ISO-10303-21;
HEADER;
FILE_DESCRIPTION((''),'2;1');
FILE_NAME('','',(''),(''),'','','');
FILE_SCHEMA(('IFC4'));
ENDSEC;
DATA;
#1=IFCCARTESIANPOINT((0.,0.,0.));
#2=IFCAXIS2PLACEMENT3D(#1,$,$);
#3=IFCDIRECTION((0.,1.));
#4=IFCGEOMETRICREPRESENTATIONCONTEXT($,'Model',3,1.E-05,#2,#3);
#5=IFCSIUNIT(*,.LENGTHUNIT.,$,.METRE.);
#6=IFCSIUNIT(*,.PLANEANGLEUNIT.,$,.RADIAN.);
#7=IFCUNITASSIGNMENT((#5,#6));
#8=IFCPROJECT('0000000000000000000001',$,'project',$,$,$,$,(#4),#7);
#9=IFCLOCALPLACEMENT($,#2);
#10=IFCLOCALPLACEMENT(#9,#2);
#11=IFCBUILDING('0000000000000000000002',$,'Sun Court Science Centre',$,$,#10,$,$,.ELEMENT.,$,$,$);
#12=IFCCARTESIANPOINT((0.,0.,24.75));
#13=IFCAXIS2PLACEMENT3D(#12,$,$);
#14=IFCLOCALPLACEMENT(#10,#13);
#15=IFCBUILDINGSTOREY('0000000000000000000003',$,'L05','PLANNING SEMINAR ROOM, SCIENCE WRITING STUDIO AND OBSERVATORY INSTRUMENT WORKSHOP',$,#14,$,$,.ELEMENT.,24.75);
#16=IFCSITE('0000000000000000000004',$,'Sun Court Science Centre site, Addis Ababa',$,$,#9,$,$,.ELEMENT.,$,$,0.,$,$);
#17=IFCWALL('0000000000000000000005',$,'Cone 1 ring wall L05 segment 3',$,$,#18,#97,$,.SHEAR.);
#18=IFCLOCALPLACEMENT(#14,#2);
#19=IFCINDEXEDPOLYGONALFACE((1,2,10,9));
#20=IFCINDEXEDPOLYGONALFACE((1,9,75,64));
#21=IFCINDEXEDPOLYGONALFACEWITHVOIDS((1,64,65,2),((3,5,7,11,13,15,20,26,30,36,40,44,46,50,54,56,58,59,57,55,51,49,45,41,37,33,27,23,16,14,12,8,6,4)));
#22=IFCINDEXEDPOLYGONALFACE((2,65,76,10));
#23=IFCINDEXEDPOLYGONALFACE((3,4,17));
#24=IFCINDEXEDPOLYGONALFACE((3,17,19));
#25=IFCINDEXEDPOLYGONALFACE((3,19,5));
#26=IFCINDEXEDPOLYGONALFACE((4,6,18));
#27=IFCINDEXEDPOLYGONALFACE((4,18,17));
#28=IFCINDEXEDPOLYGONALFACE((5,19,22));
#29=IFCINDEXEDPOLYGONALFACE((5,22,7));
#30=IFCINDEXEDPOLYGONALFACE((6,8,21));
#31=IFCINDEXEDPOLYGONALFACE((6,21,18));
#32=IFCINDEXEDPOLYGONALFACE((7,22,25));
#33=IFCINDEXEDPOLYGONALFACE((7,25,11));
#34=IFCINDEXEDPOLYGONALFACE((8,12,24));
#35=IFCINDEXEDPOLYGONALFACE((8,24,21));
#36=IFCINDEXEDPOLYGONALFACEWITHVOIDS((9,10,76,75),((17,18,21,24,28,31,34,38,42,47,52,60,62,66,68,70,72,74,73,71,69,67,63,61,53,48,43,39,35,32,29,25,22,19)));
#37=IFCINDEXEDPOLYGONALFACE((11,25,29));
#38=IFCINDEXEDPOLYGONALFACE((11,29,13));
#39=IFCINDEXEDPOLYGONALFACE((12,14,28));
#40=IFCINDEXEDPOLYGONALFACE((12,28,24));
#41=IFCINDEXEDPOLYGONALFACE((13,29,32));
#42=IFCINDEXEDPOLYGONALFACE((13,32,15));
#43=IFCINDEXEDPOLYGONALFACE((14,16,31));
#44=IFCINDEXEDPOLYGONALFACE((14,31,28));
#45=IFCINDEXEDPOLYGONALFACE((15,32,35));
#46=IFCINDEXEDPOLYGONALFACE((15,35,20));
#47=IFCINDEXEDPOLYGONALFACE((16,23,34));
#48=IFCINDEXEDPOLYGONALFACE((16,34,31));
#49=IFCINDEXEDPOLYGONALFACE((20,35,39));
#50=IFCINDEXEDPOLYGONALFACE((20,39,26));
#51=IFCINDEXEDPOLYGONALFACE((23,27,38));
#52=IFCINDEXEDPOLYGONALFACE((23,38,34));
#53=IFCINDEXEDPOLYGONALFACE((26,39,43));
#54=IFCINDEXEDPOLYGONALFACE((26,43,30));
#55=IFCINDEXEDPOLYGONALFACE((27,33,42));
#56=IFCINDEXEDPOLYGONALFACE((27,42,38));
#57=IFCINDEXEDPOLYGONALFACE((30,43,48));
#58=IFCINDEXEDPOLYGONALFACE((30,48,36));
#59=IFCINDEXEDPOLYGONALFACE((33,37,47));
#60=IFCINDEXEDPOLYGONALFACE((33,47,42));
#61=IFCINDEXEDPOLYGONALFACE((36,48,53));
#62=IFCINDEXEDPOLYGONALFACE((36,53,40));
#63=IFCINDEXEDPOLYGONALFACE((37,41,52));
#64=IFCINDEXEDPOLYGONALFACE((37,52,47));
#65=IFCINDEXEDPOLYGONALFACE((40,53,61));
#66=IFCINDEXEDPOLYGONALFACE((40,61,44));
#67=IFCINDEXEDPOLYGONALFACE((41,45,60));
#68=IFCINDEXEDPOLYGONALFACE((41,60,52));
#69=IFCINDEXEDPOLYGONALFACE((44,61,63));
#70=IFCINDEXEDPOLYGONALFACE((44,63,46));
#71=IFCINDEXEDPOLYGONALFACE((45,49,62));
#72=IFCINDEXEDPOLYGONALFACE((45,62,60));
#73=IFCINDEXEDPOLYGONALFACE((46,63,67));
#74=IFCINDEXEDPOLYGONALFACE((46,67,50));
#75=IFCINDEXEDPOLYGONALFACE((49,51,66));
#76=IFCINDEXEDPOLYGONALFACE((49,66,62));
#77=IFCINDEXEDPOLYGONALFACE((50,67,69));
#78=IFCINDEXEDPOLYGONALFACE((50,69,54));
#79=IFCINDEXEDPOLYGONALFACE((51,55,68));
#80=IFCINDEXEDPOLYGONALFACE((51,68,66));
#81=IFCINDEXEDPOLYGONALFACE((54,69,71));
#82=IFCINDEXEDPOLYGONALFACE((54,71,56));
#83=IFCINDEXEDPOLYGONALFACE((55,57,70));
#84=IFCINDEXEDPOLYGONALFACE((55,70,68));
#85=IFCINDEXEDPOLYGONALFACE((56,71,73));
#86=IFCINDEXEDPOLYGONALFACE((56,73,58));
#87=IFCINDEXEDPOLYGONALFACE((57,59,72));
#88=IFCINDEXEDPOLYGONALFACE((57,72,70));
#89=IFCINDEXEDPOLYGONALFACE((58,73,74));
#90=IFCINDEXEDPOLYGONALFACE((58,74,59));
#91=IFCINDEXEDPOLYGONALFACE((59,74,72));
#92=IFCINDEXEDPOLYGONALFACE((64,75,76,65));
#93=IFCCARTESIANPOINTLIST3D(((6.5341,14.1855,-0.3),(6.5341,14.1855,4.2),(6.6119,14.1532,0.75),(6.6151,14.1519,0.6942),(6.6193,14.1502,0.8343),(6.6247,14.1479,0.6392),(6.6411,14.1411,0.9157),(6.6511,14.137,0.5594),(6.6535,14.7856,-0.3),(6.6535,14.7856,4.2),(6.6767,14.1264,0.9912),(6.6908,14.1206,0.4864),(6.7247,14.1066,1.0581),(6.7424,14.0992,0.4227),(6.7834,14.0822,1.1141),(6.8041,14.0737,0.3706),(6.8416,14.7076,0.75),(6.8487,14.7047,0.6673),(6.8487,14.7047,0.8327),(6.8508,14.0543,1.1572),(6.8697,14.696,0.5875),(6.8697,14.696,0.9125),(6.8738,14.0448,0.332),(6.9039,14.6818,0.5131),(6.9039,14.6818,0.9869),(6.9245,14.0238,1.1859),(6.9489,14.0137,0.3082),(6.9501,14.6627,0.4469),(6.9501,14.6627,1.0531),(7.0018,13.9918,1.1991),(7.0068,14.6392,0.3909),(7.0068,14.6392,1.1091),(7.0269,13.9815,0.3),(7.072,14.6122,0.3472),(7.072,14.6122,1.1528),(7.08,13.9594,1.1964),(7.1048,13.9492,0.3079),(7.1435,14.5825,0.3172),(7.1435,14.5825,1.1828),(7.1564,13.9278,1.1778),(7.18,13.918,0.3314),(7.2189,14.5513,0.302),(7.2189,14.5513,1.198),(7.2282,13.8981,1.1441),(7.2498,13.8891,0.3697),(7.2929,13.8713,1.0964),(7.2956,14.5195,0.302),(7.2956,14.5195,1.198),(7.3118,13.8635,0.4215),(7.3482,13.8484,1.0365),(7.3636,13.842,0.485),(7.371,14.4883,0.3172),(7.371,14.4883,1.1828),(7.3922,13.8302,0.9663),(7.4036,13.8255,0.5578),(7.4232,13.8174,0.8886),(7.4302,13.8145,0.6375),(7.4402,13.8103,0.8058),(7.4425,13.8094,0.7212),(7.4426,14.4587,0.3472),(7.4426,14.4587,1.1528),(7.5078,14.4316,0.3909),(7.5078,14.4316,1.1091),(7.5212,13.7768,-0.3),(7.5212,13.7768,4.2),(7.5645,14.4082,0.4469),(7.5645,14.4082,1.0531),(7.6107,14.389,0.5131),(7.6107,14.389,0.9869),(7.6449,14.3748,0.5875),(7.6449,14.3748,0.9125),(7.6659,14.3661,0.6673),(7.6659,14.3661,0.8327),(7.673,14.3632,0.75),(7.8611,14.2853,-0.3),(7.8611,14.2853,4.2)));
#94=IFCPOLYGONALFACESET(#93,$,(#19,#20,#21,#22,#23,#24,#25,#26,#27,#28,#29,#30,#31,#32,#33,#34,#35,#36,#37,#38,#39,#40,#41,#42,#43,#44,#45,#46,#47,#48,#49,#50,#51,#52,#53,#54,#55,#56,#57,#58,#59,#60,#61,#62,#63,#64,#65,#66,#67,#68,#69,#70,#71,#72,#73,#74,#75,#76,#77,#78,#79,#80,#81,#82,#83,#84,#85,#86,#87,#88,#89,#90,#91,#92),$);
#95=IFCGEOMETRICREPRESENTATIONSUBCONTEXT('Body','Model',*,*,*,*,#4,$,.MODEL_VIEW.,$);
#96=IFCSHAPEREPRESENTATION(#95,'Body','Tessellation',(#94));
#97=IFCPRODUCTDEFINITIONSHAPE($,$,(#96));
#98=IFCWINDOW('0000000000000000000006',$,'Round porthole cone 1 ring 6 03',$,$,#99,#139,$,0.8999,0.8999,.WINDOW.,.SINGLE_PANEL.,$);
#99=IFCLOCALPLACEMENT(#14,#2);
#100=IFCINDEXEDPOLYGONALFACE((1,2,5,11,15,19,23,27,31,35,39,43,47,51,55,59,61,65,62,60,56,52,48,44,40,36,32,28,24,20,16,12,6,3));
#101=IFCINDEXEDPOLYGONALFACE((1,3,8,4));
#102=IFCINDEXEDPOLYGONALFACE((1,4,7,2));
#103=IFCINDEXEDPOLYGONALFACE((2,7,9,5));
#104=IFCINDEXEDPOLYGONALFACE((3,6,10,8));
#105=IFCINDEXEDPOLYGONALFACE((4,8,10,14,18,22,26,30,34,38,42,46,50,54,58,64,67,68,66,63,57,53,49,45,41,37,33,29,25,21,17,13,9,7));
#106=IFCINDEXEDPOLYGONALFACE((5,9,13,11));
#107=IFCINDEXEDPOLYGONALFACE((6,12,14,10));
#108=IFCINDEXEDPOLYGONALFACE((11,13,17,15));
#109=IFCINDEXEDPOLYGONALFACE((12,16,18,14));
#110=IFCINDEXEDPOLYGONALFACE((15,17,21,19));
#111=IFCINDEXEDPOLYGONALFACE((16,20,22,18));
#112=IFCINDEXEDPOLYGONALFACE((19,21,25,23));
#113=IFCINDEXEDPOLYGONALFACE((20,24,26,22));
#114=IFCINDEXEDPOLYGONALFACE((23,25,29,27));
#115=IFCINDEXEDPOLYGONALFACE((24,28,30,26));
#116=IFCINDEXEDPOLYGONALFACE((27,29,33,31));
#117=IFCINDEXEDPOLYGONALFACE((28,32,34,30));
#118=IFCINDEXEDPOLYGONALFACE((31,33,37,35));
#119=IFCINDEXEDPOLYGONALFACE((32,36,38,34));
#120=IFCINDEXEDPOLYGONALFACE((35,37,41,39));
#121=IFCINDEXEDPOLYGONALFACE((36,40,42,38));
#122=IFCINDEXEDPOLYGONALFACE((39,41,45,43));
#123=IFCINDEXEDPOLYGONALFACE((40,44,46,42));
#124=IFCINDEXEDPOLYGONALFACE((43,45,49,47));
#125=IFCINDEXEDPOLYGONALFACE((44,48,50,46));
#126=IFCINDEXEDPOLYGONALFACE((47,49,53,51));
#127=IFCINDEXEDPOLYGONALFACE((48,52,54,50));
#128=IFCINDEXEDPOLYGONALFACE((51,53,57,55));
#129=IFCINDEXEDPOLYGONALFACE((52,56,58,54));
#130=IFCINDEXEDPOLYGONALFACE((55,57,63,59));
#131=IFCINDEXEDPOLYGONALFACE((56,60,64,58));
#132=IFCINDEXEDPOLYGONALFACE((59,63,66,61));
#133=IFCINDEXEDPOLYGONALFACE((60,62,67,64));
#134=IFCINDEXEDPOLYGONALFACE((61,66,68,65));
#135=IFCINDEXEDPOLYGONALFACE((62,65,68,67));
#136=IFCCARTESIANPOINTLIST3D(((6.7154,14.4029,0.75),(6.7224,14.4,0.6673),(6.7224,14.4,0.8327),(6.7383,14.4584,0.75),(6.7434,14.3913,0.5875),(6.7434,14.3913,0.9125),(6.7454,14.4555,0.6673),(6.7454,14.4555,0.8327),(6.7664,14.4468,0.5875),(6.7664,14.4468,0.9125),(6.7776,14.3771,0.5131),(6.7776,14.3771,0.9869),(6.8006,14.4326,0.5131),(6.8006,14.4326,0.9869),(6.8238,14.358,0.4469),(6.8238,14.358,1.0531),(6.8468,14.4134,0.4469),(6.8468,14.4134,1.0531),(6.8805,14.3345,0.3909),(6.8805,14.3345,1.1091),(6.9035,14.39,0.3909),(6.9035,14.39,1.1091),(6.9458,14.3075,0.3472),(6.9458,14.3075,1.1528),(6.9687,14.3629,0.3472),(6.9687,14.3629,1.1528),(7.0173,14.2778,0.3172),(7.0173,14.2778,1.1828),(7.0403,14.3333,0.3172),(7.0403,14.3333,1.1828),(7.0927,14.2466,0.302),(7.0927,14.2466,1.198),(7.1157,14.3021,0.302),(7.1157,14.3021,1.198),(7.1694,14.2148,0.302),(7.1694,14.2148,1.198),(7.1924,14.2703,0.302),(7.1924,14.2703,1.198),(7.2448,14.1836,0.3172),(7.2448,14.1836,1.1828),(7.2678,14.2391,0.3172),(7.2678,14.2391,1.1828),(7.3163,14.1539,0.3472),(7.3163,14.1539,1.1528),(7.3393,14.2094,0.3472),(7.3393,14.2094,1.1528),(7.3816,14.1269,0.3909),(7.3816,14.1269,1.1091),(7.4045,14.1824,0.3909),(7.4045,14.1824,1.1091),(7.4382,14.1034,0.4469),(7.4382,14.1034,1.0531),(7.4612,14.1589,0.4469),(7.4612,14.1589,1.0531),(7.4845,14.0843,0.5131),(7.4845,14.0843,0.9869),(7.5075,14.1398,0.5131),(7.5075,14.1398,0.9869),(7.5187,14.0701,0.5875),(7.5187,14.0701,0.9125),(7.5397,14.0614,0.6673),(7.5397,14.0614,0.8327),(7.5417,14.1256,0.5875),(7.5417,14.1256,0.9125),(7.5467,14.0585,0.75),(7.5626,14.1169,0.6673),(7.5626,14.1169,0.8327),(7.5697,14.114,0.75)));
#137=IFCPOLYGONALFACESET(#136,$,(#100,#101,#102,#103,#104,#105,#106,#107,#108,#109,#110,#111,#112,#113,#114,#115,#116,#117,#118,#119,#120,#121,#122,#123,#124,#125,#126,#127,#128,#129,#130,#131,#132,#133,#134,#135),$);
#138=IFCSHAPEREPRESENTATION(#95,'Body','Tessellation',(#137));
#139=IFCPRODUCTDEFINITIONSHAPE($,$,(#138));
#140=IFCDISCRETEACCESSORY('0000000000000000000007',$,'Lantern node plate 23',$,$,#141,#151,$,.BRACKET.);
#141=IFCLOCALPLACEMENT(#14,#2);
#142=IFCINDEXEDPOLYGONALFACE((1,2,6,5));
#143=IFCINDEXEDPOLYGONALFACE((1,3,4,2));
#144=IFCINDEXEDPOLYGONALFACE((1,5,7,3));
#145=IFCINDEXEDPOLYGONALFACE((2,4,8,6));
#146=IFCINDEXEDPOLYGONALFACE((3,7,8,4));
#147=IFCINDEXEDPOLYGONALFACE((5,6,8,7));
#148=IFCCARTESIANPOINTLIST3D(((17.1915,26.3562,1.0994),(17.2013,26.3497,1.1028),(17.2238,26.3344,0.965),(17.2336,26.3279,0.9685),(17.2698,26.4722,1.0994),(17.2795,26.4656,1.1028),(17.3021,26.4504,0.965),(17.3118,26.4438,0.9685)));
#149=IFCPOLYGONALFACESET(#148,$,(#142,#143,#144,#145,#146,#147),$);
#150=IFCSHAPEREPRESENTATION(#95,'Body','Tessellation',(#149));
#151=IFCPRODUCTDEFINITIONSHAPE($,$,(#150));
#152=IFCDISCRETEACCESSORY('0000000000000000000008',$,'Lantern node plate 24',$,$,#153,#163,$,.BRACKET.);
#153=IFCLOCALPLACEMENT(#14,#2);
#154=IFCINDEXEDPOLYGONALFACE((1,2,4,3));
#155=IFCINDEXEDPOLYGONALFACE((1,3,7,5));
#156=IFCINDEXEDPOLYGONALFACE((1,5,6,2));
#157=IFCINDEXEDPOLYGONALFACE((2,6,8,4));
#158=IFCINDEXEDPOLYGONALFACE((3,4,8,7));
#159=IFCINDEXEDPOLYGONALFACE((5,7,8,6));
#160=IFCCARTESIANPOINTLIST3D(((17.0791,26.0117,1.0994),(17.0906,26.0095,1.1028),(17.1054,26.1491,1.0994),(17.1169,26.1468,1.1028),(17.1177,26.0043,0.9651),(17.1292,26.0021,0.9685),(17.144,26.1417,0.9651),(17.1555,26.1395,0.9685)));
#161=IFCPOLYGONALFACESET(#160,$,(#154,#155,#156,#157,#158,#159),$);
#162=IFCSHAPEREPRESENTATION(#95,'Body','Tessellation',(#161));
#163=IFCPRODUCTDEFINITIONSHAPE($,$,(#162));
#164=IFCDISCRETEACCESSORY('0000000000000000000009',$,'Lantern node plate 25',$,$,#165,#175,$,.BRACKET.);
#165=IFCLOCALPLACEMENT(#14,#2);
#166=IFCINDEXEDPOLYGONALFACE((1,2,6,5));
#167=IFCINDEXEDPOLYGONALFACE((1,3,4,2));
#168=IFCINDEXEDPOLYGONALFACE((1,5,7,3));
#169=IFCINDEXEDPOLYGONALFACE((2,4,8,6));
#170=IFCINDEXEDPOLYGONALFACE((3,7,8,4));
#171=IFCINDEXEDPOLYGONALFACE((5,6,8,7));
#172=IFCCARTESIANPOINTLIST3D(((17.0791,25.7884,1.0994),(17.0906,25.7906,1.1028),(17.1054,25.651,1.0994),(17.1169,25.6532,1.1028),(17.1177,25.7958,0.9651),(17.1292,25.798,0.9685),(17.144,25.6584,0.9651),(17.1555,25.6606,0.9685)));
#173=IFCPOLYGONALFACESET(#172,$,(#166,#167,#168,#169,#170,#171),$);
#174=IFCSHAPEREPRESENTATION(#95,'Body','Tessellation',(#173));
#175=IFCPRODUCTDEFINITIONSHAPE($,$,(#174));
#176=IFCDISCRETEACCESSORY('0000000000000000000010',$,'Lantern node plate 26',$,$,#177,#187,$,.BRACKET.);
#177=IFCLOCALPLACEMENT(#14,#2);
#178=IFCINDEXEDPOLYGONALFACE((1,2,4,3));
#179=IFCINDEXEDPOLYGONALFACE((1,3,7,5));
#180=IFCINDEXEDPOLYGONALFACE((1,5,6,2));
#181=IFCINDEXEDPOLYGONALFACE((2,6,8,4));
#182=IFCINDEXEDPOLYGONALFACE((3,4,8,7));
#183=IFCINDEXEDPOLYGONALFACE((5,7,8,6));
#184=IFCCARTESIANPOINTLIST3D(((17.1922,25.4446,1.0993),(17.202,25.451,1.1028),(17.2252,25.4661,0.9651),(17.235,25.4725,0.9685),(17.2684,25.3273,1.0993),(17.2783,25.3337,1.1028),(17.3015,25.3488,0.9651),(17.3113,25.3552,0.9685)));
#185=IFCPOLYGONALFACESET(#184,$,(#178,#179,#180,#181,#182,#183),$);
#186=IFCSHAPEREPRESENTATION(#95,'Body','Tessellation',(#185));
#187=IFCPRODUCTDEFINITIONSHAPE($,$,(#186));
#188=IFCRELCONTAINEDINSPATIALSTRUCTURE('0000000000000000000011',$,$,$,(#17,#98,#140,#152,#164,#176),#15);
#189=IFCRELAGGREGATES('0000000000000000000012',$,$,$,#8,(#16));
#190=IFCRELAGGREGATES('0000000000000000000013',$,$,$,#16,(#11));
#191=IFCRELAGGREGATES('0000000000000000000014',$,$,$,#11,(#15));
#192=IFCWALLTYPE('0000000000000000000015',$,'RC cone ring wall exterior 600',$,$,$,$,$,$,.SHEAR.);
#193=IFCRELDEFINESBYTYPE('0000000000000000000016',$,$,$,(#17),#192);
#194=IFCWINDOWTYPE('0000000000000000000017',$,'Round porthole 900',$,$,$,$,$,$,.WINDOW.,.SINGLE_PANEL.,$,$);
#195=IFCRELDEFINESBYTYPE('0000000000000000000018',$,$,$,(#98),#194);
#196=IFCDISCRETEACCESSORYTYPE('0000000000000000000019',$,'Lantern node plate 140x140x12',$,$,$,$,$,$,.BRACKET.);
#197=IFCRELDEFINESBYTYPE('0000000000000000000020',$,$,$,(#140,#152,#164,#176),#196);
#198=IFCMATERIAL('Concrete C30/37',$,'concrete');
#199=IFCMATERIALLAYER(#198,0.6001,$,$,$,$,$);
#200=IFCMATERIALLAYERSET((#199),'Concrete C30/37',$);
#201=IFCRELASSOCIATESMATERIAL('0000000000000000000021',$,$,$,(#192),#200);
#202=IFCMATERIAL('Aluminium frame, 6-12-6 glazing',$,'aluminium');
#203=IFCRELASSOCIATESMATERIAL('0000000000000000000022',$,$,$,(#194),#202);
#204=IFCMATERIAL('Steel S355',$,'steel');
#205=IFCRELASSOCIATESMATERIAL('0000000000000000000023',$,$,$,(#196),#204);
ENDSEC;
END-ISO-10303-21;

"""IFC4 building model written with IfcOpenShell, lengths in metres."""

from ifc_helpers import new_model, si_unit, direction, frame, frame_2d, origin, origin_2d, place, context, subcontext, project, spatial, polyline, rectangle, circle, outline, extrude, material, layer, layer_set, material_profile, profile_set, type_object, element, fill, save


model = new_model("IFC4")

# Units and contexts
model_context = context("Model", 3, precision=1e-05, world=origin(), true_north=direction((0.0, 1.0)))
body_context = subcontext(model_context, "Body", "Model", "MODEL_VIEW")
ifc_project = project(units=[si_unit("LENGTHUNIT", "METRE"), si_unit("PLANEANGLEUNIT", "RADIAN")], contexts=[model_context])

# Site, building, storey
site_placement = place(None, origin())
site = spatial("IfcSite", under=ifc_project, at=site_placement, Name="Sun Court Science Centre site, Addis Ababa", CompositionType="ELEMENT", RefElevation=0.0)
building_placement = place(site_placement, origin())
building = spatial("IfcBuilding", under=site, at=building_placement, Name="Sun Court Science Centre", CompositionType="ELEMENT")
storey_placement = place(building_placement, frame((0.0, 0.0, 24.75)))
storey = spatial("IfcBuildingStorey", under=building, at=storey_placement, Name="L05", Description="PLANNING SEMINAR ROOM, SCIENCE WRITING STUDIO AND OBSERVATORY INSTRUMENT WORKSHOP", CompositionType="ELEMENT", Elevation=24.75)

# Wall, opening, window
ifc_material_1 = material(Name="Concrete C30/37", Category="concrete")
ifc_layer_1 = layer(ifc_material_1, 0.6001)
ifc_layer_set_1 = layer_set([ifc_layer_1], Name="Concrete C30/37")
wall_type = type_object("IfcWallType", Name="RC cone ring wall exterior 600", PredefinedType="SHEAR", material=ifc_layer_set_1)
wall_placement = place(storey_placement, frame((7.7463, 14.0083, -0.3), z_axis=(0.0, 0.0, 1.0), x_axis=(-0.92386, 0.382731, 0.0)))
wall = element("IfcWall", 1, at=wall_placement, inside=storey, type_object=wall_type, Name="Cone 1 ring wall L05 segment 3", PredefinedType="SHEAR", context=body_context, shape_type="SweptSolid", body=[
    extrude(outline(polyline([(0.0, -0.2998), (1.3071, -0.2998), (1.1877, 0.3003), (0.1194, 0.3), (0.0, -0.2998)])), origin(), (0.0, 0.0, 1.0), 4.5),
])
opening_placement = place(wall_placement, frame((0.2036, 0.0, 0.6001)))
opening = element("IfcOpeningElement", 2, at=opening_placement, cuts=wall, PredefinedType="OPENING", context=body_context, shape_type="SweptSolid", body=[
    extrude(circle(Radius=0.45, at=frame_2d((0.45, 0.45))), frame((0.0, 0.3101, 0.0), z_axis=(0.0, -1.0, 0.0), x_axis=(1.0, 0.0, 0.0)), (0.0, 0.0, 1.0), 0.6201),
])
ifc_material_2 = material(Name="Aluminium frame, 6-12-6 glazing", Category="aluminium")
window_type = type_object("IfcWindowType", Name="Round porthole 900", PartitioningType="SINGLE_PANEL", PredefinedType="WINDOW", material=ifc_material_2)
window_placement = place(opening_placement, origin())
window = element("IfcWindow", 3, at=window_placement, inside=storey, type_object=window_type, Name="Round porthole cone 1 ring 6 03", OverallHeight=0.8999, OverallWidth=0.8999, PartitioningType="SINGLE_PANEL", PredefinedType="WINDOW", context=body_context, shape_type="SweptSolid", body=[
    extrude(circle(Radius=0.45, at=frame_2d((0.45, 0.45))), frame((0.0, 0.03, 0.0), z_axis=(0.0, -1.0, 0.0), x_axis=(1.0, 0.0, 0.0)), (0.0, 0.0, 1.0), 0.0601),
])
fill(opening, window)

# Discrete accessories
ifc_material_3 = material(Name="Steel S355", Category="steel")
ifc_material_profile_1 = material_profile(ifc_material_3, rectangle(XDim=0.1399, YDim=0.1399, at=origin_2d()), Name="PL 140x140")
ifc_profile_set_1 = profile_set([ifc_material_profile_1], Name="Steel S355")
discrete_accessory_type = type_object("IfcDiscreteAccessoryType", Name="Lantern node plate 140x140x12", PredefinedType="BRACKET", material=ifc_profile_set_1)
for number, where, z_axis, x_axis, name in (
    (4, (17.2468, 26.4033, 1.0322), (0.79603, -0.53732, 0.27861), (0.559473, 0.828849, 0.0), "Lantern node plate 23"),
    (5, (17.1116, 26.0767, 1.0322), (0.942643, -0.180506, 0.280787), (0.188072, 0.982155, 0.0), "Lantern node plate 24"),
    (6, (17.1116, 25.7234, 1.0322), (0.942643, 0.180506, 0.280787), (-0.188072, 0.982155, 0.0), "Lantern node plate 25"),
    (7, (17.2468, 25.3967, 1.0322), (0.804518, 0.522937, 0.281581), (-0.544988, 0.838444, 0.0), "Lantern node plate 26"),
):
    element("IfcDiscreteAccessory", number, at=place(storey_placement, frame(where, z_axis=z_axis, x_axis=x_axis)), inside=storey, type_object=discrete_accessory_type, Name=name, PredefinedType="BRACKET", context=body_context, shape_type="SweptSolid", body=[
        extrude(rectangle(XDim=0.1399, YDim=0.1399, at=origin_2d()), origin(), (0.0, 0.0, 1.0), 0.0122),
    ])

save(model, "model.ifc")
